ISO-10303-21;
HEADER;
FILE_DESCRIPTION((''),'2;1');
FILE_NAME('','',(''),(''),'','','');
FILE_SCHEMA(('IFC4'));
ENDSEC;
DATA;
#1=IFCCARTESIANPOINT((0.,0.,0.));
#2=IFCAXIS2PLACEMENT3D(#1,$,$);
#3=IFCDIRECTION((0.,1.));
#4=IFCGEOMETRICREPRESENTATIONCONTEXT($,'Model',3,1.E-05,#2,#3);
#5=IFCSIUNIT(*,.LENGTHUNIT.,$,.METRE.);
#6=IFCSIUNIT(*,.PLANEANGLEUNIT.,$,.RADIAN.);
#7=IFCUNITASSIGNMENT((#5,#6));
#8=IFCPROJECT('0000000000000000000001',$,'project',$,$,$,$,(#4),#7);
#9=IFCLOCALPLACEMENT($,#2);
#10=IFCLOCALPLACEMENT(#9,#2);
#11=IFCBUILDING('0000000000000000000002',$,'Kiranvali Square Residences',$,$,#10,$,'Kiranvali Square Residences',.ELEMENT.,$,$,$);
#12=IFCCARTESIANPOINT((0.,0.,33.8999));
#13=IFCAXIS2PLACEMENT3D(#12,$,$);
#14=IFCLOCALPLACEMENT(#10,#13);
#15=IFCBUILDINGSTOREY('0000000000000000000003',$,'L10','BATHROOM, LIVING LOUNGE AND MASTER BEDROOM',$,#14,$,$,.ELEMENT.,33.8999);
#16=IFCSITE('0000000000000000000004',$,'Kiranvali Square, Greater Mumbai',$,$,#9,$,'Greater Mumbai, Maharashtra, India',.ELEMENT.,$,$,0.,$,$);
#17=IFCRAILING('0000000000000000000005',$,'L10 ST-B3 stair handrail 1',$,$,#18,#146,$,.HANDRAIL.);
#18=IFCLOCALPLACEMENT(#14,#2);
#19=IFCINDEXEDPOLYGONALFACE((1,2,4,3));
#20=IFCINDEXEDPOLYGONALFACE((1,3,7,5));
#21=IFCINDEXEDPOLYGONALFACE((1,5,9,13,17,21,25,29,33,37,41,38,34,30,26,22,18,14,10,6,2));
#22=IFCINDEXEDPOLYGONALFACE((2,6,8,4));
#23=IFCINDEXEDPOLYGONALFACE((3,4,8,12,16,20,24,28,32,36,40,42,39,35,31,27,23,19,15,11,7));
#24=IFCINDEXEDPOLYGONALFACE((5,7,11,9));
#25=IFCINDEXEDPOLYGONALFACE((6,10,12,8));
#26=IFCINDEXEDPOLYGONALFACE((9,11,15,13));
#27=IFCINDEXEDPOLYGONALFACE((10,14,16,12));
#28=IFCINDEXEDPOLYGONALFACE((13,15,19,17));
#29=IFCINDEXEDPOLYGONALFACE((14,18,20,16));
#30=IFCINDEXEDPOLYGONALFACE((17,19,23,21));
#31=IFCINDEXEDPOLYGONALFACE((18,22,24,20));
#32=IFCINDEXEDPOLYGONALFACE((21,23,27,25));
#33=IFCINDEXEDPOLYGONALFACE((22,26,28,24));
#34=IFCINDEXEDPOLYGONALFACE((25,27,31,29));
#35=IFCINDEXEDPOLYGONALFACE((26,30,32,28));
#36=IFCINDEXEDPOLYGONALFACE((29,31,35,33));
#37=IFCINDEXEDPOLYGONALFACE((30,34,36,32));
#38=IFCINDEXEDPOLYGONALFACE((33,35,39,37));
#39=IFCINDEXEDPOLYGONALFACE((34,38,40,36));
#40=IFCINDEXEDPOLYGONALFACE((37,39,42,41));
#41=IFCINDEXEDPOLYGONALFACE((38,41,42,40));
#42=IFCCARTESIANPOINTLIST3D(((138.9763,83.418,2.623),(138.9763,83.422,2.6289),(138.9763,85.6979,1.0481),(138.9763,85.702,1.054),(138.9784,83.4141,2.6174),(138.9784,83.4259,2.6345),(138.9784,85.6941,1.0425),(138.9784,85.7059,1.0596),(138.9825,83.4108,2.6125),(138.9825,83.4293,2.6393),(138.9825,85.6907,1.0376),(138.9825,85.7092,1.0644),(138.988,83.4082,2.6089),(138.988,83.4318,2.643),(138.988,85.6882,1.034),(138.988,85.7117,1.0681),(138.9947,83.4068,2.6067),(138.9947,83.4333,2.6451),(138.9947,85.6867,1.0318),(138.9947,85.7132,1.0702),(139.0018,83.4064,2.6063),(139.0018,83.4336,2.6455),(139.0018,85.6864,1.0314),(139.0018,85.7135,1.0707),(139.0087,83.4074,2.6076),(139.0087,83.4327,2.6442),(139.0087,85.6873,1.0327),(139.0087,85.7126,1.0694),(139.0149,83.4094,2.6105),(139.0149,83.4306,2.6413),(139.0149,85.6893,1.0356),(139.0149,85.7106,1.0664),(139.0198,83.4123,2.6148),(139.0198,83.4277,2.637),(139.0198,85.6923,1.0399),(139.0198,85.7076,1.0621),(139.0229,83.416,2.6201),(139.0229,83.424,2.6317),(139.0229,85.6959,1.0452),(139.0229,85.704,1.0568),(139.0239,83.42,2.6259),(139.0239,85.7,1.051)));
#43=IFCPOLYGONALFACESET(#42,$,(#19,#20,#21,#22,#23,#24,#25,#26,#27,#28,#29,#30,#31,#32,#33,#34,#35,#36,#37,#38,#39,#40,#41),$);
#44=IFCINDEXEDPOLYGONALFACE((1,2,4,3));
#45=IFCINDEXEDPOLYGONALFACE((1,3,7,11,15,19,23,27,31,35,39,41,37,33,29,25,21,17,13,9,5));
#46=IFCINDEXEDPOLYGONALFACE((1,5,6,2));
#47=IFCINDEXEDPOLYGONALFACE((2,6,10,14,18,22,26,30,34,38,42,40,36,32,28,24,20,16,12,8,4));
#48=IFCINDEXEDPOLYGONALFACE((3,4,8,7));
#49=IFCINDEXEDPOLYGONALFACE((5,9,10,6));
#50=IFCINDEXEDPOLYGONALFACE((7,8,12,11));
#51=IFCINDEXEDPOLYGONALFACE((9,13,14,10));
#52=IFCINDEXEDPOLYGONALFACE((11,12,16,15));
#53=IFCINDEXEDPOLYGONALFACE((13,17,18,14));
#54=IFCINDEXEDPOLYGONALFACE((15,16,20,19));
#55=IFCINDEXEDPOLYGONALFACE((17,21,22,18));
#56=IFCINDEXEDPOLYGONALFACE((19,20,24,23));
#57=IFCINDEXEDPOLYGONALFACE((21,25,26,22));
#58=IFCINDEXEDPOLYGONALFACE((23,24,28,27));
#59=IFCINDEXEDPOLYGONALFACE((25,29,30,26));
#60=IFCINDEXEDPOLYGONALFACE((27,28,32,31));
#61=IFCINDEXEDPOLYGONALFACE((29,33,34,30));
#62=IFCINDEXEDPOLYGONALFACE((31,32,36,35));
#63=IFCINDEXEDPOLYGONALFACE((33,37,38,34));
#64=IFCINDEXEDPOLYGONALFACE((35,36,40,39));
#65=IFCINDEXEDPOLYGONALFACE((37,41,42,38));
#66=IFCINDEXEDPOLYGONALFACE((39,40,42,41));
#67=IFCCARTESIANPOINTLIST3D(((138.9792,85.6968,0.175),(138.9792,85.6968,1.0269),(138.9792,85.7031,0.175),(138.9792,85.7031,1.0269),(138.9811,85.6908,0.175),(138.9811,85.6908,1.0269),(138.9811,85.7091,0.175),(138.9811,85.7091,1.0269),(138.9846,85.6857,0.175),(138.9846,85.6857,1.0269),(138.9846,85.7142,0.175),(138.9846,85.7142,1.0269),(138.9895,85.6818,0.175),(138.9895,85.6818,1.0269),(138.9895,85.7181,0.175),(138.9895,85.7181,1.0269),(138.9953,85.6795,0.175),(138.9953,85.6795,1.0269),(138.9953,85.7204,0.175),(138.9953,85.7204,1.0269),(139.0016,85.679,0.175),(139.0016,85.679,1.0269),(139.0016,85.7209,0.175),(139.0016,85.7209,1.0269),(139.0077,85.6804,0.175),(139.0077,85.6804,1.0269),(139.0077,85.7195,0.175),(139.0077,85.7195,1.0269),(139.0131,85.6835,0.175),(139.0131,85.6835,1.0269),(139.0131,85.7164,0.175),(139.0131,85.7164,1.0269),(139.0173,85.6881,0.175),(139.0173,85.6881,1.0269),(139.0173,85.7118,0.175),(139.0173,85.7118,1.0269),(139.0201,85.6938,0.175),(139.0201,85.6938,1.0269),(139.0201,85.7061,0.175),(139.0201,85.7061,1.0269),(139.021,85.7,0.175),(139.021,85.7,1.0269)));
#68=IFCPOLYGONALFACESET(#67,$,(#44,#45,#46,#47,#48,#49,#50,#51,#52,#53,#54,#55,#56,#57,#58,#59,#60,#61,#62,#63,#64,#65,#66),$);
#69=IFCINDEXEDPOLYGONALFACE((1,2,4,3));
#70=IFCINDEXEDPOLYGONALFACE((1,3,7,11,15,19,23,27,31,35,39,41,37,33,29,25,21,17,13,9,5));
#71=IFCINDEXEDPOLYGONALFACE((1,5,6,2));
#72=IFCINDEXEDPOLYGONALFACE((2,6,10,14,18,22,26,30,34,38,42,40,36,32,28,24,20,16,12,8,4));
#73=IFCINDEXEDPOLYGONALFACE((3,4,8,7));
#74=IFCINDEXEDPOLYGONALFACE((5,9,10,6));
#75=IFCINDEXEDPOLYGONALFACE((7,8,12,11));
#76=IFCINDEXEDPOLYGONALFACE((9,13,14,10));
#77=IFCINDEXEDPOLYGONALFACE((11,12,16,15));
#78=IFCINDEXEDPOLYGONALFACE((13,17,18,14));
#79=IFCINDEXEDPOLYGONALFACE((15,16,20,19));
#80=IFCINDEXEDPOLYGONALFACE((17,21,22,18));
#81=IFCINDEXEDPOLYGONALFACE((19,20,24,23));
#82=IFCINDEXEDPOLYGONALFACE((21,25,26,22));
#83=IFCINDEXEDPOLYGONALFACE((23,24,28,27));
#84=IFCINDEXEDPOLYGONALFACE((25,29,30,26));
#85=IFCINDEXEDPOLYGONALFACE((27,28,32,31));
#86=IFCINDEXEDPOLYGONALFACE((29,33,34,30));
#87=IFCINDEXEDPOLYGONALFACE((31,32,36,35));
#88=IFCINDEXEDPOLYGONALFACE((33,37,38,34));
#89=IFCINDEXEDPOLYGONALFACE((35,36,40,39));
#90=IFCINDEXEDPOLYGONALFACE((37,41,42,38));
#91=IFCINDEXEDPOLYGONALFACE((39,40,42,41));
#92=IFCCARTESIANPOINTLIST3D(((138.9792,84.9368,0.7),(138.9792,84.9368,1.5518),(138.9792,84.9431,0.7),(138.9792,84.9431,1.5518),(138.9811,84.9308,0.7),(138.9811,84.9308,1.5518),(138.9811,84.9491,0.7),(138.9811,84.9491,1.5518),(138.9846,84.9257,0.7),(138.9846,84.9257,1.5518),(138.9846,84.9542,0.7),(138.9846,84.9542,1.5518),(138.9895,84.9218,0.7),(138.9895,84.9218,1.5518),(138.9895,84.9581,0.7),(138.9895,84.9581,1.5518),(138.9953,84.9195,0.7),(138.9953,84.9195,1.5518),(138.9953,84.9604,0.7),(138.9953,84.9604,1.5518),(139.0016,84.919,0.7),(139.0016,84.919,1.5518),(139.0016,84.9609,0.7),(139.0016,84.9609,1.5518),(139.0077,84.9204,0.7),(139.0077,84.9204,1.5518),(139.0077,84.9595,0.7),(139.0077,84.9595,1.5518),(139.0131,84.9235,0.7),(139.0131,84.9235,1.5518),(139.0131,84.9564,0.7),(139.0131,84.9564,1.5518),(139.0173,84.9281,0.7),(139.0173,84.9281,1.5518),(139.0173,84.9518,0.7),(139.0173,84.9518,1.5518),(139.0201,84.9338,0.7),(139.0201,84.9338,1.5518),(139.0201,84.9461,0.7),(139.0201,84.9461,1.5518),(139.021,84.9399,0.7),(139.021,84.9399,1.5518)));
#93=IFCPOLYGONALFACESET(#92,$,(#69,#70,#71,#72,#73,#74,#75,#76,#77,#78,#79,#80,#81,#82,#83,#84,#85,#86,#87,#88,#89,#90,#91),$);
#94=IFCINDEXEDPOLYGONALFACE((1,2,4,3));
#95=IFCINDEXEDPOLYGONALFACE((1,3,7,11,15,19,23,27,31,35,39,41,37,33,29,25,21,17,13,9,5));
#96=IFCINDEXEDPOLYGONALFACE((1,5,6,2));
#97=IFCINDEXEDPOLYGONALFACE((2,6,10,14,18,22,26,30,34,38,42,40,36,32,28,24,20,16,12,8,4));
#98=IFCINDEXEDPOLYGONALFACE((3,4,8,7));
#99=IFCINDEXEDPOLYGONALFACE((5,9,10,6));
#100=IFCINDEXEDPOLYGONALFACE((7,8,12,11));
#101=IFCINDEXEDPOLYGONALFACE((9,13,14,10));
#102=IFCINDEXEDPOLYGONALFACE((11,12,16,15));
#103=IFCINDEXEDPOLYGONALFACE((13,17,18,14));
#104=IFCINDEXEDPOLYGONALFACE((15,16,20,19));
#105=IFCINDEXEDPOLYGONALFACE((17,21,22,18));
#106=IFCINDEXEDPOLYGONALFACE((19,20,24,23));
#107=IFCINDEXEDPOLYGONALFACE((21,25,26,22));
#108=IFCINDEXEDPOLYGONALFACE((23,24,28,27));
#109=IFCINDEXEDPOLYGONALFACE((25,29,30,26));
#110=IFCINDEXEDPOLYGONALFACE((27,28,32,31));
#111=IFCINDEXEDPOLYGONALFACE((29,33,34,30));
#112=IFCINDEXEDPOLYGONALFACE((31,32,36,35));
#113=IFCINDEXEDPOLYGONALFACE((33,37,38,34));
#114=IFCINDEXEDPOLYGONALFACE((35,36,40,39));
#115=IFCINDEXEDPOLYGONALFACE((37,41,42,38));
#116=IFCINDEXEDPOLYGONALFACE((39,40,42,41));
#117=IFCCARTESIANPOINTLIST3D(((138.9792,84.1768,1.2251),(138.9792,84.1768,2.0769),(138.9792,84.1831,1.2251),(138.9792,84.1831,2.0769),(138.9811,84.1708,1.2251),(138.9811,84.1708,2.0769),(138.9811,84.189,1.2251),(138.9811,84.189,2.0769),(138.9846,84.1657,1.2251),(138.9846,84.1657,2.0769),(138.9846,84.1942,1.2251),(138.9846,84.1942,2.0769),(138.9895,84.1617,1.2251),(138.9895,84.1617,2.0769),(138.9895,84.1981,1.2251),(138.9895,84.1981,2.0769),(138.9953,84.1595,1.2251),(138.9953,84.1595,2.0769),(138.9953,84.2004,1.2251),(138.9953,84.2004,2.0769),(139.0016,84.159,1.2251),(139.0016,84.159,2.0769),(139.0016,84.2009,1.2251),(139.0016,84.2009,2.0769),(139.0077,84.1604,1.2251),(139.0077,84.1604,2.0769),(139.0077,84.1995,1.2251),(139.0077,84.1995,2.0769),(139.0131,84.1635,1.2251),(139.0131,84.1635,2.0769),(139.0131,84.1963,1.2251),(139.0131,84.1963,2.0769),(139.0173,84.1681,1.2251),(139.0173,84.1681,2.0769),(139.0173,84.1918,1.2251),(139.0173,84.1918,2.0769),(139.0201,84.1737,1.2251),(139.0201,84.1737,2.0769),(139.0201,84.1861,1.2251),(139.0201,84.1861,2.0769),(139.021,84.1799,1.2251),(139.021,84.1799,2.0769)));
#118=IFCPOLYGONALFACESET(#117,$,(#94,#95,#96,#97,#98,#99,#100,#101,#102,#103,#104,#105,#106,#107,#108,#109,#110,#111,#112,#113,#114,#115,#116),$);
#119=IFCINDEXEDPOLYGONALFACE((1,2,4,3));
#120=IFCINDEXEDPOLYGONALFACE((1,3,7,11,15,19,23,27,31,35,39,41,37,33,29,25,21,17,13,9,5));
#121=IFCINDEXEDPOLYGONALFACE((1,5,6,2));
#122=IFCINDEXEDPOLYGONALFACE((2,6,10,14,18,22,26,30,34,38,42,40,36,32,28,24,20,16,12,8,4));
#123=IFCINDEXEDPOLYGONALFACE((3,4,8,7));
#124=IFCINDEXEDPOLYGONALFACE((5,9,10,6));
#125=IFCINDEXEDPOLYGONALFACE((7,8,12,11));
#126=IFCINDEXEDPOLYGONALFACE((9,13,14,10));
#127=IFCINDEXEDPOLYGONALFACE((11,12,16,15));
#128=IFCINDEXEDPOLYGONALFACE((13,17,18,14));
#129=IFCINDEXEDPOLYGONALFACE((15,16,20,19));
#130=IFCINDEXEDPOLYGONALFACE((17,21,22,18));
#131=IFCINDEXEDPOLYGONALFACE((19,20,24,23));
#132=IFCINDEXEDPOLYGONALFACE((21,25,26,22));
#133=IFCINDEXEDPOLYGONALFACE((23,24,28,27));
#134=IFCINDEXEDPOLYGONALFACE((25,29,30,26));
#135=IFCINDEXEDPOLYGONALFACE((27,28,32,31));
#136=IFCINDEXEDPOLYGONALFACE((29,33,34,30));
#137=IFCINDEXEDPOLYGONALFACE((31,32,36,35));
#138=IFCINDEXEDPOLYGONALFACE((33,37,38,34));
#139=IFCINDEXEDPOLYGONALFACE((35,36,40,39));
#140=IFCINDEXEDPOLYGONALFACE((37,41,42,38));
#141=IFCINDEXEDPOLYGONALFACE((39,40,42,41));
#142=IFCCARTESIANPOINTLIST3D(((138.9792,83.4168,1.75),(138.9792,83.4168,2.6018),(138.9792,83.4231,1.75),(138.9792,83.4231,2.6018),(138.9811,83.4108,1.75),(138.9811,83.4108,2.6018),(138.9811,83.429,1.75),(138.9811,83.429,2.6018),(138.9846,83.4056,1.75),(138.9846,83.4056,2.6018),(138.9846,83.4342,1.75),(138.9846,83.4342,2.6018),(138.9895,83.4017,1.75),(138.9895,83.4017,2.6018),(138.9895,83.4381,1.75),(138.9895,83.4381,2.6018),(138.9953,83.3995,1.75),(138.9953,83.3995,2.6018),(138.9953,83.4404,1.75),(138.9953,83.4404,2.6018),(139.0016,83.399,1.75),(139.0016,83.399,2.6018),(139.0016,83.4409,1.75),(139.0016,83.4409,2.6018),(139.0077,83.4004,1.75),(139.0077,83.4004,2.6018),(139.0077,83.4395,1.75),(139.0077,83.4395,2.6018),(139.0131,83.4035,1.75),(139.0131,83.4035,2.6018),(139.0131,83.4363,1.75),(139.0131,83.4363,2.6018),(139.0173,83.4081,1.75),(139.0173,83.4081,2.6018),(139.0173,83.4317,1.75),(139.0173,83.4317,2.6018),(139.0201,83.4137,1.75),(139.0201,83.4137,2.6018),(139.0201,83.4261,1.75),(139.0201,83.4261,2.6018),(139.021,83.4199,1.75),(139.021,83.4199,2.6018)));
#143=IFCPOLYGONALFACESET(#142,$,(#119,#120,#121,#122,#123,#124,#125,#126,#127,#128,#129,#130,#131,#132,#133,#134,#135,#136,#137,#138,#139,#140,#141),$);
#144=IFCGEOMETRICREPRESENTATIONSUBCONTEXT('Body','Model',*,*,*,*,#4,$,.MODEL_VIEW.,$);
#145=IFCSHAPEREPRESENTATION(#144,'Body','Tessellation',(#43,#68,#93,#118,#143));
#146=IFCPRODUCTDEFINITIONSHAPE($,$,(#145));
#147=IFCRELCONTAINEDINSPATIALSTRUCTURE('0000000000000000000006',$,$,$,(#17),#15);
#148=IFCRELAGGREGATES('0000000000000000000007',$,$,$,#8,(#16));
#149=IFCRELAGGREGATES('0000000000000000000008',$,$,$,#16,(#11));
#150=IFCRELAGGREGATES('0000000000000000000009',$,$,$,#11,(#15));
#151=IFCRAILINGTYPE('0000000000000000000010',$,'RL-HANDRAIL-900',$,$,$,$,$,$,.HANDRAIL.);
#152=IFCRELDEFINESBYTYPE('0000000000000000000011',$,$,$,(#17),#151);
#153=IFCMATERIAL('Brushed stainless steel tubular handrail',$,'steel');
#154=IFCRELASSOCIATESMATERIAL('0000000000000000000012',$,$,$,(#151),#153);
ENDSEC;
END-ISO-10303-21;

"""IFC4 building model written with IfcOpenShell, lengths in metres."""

from ifc_helpers import new_model, si_unit, direction, frame, origin, origin_2d, place, context, subcontext, project, spatial, circle, extrude, material, type_object, element, save


model = new_model("IFC4")

# Units and contexts
model_context = context("Model", 3, precision=1e-05, world=origin(), true_north=direction((0.0, 1.0)))
body_context = subcontext(model_context, "Body", "Model", "MODEL_VIEW")
ifc_project = project(units=[si_unit("LENGTHUNIT", "METRE"), si_unit("PLANEANGLEUNIT", "RADIAN")], contexts=[model_context])

# Site, building, storey
site_placement = place(None, origin())
site = spatial("IfcSite", under=ifc_project, at=site_placement, Name="Kiranvali Square, Greater Mumbai", LongName="Greater Mumbai, Maharashtra, India", CompositionType="ELEMENT", RefElevation=0.0)
building_placement = place(site_placement, origin())
building = spatial("IfcBuilding", under=site, at=building_placement, Name="Kiranvali Square Residences", LongName="Kiranvali Square Residences", CompositionType="ELEMENT")
storey_placement = place(building_placement, frame((0.0, 0.0, 33.8999)))
storey = spatial("IfcBuildingStorey", under=building, at=storey_placement, Name="L10", Description="BATHROOM, LIVING LOUNGE AND MASTER BEDROOM", CompositionType="ELEMENT", Elevation=33.8999)

# Railing
ifc_material_1 = material(Name="Brushed stainless steel tubular handrail", Category="steel")
railing_type = type_object("IfcRailingType", Name="RL-HANDRAIL-900", PredefinedType="HANDRAIL", material=ifc_material_1)
railing_placement = place(storey_placement, frame((139.0, 85.7, 0.175)))
element("IfcRailing", 1, at=railing_placement, inside=storey, type_object=railing_type, Name="L10 ST-B3 stair handrail 1", PredefinedType="HANDRAIL", context=body_context, shape_type="SweptSolid", body=[
    extrude(circle(Radius=0.0239, at=origin_2d()), frame((0.0, 0.0, 0.876), z_axis=(0.0, -0.822788, 0.568348), x_axis=(1.0, 0.0, 0.0)), (0.0, 0.0, 1.0), 2.771),
    extrude(circle(Radius=0.021, at=origin_2d()), origin(), (0.0, 0.0, 1.0), 0.8518),
    extrude(circle(Radius=0.021, at=origin_2d()), frame((0.0, -0.76, 0.5249)), (0.0, 0.0, 1.0), 0.8518),
    extrude(circle(Radius=0.021, at=origin_2d()), frame((0.0, -1.52, 1.05)), (0.0, 0.0, 1.0), 0.8518),
    extrude(circle(Radius=0.021, at=origin_2d()), frame((0.0, -2.28, 1.575)), (0.0, 0.0, 1.0), 0.8518),
])

save(model, "model.ifc")
